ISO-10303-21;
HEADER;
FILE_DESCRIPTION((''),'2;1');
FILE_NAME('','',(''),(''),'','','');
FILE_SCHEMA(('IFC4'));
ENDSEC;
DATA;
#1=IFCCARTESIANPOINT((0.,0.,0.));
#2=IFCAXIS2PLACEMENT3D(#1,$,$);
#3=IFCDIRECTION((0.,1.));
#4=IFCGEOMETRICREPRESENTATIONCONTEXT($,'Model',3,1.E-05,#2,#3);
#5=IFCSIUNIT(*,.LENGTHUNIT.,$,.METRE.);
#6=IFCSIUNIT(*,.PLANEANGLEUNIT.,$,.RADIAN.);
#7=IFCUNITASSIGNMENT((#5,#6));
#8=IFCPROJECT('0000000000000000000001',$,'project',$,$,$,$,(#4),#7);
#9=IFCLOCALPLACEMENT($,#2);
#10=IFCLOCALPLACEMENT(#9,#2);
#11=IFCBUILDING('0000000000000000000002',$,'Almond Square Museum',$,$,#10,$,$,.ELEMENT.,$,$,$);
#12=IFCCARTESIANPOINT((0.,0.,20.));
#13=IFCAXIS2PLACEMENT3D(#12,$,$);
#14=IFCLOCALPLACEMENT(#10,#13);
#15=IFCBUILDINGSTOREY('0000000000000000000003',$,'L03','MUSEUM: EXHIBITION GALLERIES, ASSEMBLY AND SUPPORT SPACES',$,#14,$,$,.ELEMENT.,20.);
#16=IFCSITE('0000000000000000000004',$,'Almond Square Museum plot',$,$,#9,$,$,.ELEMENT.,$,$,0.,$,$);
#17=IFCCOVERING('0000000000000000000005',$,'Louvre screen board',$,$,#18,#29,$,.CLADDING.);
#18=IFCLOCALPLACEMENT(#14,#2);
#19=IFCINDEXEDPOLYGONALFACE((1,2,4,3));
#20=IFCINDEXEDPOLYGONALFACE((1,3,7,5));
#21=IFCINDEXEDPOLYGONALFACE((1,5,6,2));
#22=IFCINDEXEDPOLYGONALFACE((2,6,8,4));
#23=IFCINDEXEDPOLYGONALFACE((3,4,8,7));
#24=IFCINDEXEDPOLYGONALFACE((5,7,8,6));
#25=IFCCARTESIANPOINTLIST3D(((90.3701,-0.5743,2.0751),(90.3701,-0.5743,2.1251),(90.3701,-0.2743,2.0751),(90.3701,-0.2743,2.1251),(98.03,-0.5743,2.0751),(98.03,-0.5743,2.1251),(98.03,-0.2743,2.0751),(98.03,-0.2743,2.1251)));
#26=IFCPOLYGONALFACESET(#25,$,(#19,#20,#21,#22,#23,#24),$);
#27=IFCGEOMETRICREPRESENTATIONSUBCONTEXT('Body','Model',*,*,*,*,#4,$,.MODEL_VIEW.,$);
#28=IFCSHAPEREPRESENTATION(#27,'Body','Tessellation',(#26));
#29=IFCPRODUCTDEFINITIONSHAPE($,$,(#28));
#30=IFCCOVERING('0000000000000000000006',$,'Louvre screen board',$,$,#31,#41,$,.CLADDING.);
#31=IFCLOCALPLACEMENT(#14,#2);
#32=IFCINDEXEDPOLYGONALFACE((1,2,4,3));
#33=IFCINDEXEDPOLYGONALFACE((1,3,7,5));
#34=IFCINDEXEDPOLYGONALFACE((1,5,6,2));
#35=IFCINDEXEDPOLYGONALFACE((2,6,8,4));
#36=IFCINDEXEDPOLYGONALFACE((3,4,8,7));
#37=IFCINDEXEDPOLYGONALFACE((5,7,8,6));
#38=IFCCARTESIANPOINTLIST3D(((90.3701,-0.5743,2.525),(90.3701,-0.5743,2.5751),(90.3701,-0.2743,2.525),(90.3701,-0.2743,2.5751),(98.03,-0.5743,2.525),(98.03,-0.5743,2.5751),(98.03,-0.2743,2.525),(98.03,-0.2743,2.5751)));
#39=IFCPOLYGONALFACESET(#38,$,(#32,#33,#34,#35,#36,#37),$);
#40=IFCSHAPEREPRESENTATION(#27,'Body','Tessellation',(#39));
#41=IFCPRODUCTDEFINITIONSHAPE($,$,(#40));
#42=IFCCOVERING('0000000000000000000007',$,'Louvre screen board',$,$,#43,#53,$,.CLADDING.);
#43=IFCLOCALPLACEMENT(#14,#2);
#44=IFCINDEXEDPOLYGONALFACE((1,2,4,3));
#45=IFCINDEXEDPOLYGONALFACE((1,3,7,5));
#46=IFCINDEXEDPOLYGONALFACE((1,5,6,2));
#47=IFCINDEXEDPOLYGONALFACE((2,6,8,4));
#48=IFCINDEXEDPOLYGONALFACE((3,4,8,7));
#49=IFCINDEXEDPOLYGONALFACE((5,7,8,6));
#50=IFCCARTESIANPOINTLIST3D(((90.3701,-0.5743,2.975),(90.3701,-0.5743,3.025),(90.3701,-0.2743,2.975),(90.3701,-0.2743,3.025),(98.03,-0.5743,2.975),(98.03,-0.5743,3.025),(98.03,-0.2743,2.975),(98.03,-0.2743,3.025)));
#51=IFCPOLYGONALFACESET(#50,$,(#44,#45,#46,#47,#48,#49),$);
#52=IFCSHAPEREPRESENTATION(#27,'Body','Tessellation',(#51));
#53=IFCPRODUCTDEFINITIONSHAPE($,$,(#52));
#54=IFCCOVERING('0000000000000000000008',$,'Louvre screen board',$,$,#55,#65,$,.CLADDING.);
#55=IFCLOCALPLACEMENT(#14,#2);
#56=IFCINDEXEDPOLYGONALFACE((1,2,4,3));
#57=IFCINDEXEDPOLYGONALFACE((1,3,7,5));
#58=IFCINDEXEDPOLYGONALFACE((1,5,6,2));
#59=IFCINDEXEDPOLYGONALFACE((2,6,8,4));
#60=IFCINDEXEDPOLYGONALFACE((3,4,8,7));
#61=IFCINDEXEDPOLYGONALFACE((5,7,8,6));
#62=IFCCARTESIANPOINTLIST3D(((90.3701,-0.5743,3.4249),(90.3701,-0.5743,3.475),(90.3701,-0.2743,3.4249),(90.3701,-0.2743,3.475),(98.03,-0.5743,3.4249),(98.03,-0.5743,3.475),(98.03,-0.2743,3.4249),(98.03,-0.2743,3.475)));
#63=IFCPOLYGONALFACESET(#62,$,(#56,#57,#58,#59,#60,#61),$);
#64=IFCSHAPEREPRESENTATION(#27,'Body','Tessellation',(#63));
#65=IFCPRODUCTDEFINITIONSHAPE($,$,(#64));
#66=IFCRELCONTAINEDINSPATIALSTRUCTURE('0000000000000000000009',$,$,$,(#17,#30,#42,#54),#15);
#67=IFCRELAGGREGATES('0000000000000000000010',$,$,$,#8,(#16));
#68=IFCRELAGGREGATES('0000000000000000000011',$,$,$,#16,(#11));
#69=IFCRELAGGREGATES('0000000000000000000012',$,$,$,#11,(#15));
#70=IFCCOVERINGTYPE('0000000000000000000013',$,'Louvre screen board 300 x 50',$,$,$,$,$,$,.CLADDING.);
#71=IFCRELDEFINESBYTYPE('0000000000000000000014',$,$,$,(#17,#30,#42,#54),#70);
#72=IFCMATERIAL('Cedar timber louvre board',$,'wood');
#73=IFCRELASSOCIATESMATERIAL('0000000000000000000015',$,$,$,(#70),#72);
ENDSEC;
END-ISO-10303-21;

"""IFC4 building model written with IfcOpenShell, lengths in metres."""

from ifc_helpers import new_model, si_unit, direction, frame, origin, origin_2d, place, context, subcontext, project, spatial, rectangle, extrude, material, material_profile, profile_set, type_object, element, save


model = new_model("IFC4")

# Units and contexts
model_context = context("Model", 3, precision=1e-05, world=origin(), true_north=direction((0.0, 1.0)))
body_context = subcontext(model_context, "Body", "Model", "MODEL_VIEW")
ifc_project = project(units=[si_unit("LENGTHUNIT", "METRE"), si_unit("PLANEANGLEUNIT", "RADIAN")], contexts=[model_context])

# Site, building, storey
site_placement = place(None, origin())
site = spatial("IfcSite", under=ifc_project, at=site_placement, Name="Almond Square Museum plot", CompositionType="ELEMENT", RefElevation=0.0)
building_placement = place(site_placement, origin())
building = spatial("IfcBuilding", under=site, at=building_placement, Name="Almond Square Museum", CompositionType="ELEMENT")
storey_placement = place(building_placement, frame((0.0, 0.0, 20.0)))
storey = spatial("IfcBuildingStorey", under=building, at=storey_placement, Name="L03", Description="MUSEUM: EXHIBITION GALLERIES, ASSEMBLY AND SUPPORT SPACES", CompositionType="ELEMENT", Elevation=20.0)

# Coverings
ifc_material_1 = material(Name="Cedar timber louvre board", Category="wood")
ifc_material_profile_1 = material_profile(ifc_material_1, rectangle(XDim=0.3, YDim=0.05, at=origin_2d()))
ifc_profile_set_1 = profile_set([ifc_material_profile_1], Name="Cedar timber louvre board")
covering_type = type_object("IfcCoveringType", Name="Louvre screen board 300 x 50", PredefinedType="CLADDING", material=ifc_profile_set_1)
for number, where, z_axis, x_axis, name in (
    (1, (90.3701, -0.4243, 2.1001), (1.0, 0.0, 0.0), (0.0, 1.0, 0.0), "Louvre screen board"),
    (2, (90.3701, -0.4243, 2.55), (1.0, 0.0, 0.0), (0.0, 1.0, 0.0), "Louvre screen board"),
    (3, (90.3701, -0.4243, 3.0), (1.0, 0.0, 0.0), (0.0, 1.0, 0.0), "Louvre screen board"),
    (4, (90.3701, -0.4243, 3.45), (1.0, 0.0, 0.0), (0.0, 1.0, 0.0), "Louvre screen board"),
):
    element("IfcCovering", number, at=place(storey_placement, frame(where, z_axis=z_axis, x_axis=x_axis)), inside=storey, type_object=covering_type, Name=name, PredefinedType="CLADDING", context=body_context, shape_type="SweptSolid", body=[
        extrude(rectangle(XDim=0.3, YDim=0.05, at=origin_2d()), origin(), (0.0, 0.0, 1.0), 7.6599),
    ])

save(model, "model.ifc")
